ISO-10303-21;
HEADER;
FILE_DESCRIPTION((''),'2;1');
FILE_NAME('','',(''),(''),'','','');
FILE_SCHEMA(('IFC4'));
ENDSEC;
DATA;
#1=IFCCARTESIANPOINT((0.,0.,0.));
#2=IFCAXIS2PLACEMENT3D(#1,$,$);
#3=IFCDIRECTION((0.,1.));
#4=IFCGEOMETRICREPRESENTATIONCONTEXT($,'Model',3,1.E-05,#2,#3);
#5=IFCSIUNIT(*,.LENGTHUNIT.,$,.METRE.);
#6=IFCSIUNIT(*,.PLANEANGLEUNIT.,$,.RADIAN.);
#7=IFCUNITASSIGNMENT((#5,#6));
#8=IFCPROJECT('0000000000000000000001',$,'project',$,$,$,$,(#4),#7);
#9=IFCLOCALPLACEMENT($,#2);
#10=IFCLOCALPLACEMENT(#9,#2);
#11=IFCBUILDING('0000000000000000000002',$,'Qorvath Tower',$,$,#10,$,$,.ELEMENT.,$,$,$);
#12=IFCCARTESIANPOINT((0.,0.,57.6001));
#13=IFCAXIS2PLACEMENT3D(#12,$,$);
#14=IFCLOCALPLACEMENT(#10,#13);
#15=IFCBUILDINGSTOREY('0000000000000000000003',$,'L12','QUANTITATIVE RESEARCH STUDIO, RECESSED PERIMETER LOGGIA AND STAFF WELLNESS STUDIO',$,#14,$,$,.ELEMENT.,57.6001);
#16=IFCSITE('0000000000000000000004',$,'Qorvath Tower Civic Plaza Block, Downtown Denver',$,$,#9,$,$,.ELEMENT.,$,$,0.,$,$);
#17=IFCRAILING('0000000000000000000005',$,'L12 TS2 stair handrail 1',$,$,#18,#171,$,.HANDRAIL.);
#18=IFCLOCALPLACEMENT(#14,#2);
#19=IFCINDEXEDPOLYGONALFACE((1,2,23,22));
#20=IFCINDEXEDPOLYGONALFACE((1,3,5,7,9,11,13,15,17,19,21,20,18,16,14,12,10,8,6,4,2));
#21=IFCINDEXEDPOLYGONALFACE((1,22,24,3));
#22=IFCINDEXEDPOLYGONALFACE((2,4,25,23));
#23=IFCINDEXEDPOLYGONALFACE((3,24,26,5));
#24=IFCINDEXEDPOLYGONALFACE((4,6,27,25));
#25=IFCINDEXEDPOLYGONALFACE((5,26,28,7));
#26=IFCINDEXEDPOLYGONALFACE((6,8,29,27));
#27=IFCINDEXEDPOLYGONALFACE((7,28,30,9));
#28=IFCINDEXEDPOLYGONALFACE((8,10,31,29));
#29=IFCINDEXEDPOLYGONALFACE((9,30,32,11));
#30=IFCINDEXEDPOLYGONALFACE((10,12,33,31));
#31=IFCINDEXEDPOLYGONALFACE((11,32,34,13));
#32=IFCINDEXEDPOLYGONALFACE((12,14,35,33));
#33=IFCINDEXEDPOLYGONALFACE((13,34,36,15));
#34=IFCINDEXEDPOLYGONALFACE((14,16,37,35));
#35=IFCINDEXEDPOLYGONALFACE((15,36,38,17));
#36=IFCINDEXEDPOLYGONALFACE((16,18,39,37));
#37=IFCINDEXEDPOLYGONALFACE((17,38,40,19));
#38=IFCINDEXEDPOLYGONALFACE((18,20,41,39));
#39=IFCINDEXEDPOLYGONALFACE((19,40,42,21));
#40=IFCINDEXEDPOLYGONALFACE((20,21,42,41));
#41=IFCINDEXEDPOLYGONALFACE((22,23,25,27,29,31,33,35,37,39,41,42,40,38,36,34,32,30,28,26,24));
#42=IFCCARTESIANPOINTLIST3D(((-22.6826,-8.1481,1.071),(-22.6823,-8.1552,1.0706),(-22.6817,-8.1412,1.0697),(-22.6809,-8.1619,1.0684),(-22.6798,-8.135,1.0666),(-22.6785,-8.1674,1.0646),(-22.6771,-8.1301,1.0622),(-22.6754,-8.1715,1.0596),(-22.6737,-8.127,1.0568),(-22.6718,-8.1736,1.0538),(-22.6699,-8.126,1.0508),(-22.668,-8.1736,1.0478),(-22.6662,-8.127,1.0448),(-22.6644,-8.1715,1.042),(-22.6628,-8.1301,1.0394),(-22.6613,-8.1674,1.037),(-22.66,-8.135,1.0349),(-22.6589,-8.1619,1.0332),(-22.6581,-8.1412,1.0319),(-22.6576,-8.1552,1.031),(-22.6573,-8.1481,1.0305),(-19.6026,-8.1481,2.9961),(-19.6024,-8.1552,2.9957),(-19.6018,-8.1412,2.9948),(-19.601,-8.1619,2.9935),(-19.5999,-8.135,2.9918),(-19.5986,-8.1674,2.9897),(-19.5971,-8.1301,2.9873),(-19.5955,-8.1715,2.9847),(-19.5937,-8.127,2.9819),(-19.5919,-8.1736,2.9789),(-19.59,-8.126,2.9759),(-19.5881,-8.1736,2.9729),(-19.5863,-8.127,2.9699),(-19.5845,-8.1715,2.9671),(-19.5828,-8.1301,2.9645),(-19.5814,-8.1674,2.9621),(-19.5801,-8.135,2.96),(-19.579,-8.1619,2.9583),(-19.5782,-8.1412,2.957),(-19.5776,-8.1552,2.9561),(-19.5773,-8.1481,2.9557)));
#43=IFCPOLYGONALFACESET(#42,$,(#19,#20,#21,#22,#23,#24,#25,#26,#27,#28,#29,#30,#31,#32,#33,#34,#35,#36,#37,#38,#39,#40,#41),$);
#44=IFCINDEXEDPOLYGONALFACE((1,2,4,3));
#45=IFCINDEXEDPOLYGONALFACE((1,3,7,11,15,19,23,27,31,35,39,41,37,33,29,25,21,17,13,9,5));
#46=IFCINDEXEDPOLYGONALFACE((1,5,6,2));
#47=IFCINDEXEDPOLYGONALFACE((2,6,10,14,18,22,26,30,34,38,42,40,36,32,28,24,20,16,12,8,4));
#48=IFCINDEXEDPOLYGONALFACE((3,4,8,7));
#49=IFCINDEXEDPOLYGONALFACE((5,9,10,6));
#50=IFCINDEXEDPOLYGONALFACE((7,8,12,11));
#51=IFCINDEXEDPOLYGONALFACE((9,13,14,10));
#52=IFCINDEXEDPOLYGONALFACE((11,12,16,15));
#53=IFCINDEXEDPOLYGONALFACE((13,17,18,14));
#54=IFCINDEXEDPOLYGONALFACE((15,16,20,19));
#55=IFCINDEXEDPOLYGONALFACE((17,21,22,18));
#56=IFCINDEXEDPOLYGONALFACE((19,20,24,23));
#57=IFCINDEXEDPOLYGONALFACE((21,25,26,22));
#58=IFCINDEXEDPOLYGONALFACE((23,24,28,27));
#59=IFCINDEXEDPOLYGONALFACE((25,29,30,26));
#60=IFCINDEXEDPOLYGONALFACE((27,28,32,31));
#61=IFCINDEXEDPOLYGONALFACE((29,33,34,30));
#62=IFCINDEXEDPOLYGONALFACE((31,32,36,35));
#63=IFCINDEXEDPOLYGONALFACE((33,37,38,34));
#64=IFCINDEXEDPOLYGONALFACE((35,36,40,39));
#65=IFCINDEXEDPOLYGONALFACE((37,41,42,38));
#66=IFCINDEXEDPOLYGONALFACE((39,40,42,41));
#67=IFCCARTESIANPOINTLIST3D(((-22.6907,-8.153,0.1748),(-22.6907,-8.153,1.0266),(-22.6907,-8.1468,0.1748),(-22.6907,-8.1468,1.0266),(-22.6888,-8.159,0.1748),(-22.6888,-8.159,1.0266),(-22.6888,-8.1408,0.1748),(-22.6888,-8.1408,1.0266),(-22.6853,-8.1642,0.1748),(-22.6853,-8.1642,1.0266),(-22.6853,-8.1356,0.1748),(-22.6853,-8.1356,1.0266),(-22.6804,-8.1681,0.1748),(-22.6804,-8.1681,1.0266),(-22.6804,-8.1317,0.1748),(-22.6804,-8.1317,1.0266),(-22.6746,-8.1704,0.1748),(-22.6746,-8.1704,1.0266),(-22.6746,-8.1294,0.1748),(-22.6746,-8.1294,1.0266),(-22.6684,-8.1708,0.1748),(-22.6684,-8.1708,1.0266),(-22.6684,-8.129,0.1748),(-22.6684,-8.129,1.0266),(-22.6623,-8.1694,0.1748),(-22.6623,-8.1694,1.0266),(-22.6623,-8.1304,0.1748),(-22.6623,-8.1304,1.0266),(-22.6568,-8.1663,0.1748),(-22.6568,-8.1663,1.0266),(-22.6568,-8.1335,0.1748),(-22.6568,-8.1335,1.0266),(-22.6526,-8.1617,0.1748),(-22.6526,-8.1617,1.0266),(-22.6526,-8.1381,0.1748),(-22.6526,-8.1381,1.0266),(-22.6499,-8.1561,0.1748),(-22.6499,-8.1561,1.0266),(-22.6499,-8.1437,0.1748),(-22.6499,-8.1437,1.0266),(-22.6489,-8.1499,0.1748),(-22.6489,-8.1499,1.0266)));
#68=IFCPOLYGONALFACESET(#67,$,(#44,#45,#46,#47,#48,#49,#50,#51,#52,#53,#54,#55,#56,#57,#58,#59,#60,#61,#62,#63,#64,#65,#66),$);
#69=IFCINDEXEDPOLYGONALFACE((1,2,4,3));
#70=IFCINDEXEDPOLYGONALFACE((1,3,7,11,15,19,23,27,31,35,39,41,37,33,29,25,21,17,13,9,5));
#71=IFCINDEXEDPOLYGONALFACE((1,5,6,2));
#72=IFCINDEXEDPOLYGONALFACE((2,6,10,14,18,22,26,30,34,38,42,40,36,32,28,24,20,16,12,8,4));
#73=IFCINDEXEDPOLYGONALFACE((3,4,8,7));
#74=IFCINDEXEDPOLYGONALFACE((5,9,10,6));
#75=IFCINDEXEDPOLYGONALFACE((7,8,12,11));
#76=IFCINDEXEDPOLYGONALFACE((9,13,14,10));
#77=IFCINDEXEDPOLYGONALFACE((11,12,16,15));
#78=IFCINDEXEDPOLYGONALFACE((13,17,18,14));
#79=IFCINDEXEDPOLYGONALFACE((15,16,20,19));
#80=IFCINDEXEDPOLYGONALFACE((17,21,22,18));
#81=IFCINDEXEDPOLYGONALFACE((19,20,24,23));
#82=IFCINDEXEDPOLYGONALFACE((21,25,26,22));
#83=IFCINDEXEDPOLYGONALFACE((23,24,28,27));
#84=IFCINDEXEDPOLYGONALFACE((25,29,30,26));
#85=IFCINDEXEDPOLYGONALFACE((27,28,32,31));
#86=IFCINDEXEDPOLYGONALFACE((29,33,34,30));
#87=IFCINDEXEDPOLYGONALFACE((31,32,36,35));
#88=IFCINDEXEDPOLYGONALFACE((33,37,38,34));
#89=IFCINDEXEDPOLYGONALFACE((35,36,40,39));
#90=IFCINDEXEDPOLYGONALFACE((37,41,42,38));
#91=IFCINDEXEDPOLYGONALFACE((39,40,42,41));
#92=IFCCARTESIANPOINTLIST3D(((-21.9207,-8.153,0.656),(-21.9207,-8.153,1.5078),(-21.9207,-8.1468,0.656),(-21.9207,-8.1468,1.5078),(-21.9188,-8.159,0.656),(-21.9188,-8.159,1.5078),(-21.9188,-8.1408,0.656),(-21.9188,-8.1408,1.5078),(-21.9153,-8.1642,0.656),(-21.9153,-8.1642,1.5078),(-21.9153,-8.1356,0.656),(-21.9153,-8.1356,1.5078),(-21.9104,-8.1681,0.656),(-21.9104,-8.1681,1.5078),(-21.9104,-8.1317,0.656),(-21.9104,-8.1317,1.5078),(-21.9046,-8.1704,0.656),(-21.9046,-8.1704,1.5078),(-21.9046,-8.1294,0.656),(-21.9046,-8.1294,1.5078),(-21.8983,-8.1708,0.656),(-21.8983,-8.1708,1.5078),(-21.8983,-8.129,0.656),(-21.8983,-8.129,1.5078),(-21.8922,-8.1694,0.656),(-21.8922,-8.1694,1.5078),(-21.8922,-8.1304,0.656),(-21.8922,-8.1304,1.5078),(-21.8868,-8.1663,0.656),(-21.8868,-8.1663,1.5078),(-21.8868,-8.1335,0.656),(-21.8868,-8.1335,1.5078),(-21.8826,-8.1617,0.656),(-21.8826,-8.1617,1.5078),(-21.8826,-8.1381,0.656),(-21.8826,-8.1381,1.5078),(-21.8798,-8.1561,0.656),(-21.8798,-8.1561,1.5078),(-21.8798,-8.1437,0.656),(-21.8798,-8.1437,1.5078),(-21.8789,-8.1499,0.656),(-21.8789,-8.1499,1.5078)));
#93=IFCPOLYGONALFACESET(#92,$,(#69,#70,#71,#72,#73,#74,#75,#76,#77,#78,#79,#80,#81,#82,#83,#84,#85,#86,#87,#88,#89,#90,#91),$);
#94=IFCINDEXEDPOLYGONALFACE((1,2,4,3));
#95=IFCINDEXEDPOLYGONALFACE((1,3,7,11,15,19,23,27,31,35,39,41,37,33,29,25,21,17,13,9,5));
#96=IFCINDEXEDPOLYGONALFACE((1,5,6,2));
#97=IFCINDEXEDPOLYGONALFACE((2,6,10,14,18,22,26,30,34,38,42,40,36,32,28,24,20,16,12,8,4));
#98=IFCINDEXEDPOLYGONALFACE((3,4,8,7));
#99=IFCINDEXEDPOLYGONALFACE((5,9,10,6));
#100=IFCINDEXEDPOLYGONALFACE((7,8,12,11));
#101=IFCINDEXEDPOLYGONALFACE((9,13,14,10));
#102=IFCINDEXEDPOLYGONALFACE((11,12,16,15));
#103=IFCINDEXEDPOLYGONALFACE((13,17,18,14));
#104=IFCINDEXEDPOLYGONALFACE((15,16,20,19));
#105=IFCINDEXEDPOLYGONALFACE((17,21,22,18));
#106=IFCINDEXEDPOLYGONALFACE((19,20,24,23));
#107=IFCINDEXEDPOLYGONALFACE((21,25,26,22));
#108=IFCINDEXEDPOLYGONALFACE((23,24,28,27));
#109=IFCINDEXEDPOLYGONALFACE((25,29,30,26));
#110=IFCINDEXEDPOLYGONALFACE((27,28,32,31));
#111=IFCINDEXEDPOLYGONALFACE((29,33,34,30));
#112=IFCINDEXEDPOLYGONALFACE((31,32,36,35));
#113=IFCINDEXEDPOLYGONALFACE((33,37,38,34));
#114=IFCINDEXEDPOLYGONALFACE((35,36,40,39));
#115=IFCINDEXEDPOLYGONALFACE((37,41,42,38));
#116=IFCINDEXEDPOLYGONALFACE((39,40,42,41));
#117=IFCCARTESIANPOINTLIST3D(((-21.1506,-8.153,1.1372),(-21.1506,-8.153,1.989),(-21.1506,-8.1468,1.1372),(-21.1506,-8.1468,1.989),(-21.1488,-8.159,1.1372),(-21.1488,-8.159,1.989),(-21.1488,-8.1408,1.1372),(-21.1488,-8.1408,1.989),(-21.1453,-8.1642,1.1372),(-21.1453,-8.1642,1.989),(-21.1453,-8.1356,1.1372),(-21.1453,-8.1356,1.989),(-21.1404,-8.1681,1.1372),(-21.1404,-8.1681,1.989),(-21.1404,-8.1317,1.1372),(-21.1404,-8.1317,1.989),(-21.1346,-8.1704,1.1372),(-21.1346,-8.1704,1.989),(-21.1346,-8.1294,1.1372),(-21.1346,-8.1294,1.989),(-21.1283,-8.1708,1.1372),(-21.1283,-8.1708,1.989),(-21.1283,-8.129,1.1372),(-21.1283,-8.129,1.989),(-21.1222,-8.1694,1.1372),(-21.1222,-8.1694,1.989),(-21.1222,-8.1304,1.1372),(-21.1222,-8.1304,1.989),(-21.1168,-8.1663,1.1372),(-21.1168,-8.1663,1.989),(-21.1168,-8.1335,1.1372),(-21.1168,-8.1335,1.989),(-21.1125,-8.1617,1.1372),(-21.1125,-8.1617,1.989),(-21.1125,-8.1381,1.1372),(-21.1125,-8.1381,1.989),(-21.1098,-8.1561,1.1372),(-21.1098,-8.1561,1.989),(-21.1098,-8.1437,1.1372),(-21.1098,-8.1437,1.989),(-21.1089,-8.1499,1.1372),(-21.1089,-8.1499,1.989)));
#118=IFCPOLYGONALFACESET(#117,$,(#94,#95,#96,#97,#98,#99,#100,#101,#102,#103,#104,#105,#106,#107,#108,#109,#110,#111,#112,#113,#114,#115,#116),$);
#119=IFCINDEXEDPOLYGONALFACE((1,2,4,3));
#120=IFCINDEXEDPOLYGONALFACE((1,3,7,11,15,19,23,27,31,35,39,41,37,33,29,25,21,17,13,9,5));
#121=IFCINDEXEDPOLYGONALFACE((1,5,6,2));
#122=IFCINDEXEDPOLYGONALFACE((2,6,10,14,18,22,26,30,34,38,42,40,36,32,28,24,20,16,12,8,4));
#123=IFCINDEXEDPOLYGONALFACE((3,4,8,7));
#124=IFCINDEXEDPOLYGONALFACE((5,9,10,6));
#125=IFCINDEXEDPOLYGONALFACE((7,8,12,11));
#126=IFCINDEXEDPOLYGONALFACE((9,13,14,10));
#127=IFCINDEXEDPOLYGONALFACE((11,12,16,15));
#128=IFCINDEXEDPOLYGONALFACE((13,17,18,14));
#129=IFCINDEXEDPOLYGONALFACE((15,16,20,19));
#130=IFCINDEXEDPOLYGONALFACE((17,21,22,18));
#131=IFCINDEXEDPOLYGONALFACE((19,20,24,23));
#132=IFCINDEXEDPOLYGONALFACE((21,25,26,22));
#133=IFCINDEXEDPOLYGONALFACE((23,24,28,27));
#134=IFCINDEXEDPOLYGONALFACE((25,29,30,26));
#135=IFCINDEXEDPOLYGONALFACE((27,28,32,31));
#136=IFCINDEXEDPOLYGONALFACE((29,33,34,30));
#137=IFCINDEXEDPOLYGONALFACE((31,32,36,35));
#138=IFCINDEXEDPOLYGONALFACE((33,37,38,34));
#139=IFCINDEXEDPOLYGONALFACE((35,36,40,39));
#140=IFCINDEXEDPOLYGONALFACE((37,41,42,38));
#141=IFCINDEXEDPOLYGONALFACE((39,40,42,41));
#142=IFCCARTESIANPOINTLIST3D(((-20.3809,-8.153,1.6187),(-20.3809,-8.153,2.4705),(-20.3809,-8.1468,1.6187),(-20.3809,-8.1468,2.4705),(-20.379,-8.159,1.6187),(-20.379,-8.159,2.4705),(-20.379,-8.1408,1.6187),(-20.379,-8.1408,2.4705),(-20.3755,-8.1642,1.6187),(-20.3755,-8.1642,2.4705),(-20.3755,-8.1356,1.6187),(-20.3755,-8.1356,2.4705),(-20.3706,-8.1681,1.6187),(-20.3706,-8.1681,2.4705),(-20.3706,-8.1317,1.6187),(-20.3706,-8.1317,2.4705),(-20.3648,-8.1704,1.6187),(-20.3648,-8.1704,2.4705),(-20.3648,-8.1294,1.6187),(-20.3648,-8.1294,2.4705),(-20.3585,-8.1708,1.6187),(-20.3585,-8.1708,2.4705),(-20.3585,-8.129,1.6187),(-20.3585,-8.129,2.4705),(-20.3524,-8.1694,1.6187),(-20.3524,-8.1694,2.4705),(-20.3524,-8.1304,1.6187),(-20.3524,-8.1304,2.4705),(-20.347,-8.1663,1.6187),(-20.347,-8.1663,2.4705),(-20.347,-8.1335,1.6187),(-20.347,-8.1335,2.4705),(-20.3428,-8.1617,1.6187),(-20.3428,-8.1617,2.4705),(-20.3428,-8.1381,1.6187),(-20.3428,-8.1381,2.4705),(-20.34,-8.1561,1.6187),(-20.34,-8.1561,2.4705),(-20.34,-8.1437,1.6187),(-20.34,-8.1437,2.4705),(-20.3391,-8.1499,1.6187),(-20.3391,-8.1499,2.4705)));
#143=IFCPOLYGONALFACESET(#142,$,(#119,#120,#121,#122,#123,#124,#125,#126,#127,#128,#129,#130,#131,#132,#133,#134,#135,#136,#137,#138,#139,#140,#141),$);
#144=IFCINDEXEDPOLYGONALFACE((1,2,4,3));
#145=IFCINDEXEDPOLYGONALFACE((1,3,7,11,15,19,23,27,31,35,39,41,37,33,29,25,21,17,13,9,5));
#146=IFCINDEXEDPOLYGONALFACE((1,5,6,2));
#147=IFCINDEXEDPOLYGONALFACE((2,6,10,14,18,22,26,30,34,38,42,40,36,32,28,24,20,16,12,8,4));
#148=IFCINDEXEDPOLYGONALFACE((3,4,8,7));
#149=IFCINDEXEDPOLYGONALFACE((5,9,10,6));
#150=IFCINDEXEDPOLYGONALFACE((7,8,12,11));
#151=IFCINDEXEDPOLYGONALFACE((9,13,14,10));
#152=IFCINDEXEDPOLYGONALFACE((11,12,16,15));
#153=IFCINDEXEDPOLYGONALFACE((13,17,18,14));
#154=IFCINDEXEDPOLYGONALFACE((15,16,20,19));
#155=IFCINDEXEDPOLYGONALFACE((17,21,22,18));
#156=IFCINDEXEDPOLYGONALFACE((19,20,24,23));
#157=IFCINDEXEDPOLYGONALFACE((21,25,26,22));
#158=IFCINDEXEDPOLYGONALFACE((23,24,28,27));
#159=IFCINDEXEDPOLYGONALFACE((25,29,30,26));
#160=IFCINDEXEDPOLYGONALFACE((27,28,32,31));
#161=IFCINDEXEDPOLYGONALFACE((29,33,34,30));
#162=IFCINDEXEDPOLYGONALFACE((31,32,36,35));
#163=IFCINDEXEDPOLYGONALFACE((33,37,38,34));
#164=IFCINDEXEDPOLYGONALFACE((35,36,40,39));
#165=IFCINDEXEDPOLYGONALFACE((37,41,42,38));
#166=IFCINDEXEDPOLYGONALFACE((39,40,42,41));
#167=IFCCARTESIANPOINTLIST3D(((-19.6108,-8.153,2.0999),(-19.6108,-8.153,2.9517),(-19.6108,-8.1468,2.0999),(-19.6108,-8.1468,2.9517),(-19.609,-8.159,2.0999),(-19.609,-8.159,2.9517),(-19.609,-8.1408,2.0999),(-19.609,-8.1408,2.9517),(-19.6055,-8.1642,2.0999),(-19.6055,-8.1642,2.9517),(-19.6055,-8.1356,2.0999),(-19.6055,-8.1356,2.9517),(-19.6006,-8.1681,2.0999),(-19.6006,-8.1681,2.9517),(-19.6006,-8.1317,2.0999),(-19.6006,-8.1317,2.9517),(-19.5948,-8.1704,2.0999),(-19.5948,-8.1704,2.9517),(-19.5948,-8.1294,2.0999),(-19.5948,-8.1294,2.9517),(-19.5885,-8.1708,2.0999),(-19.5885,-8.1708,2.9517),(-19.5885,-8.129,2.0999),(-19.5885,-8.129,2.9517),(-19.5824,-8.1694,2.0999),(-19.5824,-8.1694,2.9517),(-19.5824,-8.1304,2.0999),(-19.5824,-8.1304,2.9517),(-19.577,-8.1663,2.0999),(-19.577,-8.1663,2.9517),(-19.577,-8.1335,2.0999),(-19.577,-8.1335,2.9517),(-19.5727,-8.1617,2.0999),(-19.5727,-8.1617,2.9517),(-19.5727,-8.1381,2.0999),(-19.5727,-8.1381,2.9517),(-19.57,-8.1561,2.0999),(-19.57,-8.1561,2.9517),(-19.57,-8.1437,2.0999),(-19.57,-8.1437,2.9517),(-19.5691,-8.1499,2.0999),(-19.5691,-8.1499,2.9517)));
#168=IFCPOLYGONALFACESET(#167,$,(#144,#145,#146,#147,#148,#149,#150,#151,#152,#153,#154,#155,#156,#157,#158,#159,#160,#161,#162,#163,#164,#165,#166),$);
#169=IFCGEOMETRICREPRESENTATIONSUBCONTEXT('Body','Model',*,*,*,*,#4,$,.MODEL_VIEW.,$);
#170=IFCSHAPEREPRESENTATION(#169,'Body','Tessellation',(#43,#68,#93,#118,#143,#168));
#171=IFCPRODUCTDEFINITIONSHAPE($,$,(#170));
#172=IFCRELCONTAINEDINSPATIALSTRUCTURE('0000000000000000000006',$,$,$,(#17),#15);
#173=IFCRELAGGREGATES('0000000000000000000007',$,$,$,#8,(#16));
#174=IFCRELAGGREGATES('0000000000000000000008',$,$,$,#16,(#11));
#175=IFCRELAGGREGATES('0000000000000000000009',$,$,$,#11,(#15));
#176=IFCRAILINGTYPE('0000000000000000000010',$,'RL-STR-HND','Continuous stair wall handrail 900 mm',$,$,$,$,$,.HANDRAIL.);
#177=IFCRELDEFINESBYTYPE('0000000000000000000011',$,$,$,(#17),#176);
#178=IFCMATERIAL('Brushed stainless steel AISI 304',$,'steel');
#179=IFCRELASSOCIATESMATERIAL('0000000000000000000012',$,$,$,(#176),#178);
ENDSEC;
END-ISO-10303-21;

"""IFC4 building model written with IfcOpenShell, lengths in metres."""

from ifc_helpers import new_model, si_unit, direction, frame, origin, origin_2d, place, context, subcontext, project, spatial, circle, extrude, material, type_object, element, save


model = new_model("IFC4")

# Units and contexts
model_context = context("Model", 3, precision=1e-05, world=origin(), true_north=direction((0.0, 1.0)))
body_context = subcontext(model_context, "Body", "Model", "MODEL_VIEW")
ifc_project = project(units=[si_unit("LENGTHUNIT", "METRE"), si_unit("PLANEANGLEUNIT", "RADIAN")], contexts=[model_context])

# Site, building, storey
site_placement = place(None, origin())
site = spatial("IfcSite", under=ifc_project, at=site_placement, Name="Qorvath Tower Civic Plaza Block, Downtown Denver", CompositionType="ELEMENT", RefElevation=0.0)
building_placement = place(site_placement, origin())
building = spatial("IfcBuilding", under=site, at=building_placement, Name="Qorvath Tower", CompositionType="ELEMENT")
storey_placement = place(building_placement, frame((0.0, 0.0, 57.6001)))
storey = spatial("IfcBuildingStorey", under=building, at=storey_placement, Name="L12", Description="QUANTITATIVE RESEARCH STUDIO, RECESSED PERIMETER LOGGIA AND STAFF WELLNESS STUDIO", CompositionType="ELEMENT", Elevation=57.6001)

# Railing
ifc_material_1 = material(Name="Brushed stainless steel AISI 304", Category="steel")
railing_type_1 = type_object("IfcRailingType", Name="RL-STR-HND", Description="Continuous stair wall handrail 900 mm", PredefinedType="HANDRAIL", material=ifc_material_1)
railing_1_placement = place(storey_placement, frame((-22.6699, -8.1499, 0.1748)))
element("IfcRailing", 1, at=railing_1_placement, inside=storey, type_object=railing_type_1, Name="L12 TS2 stair handrail 1", PredefinedType="HANDRAIL", context=body_context, shape_type="SweptSolid", body=[
    extrude(circle(Radius=0.0239, at=origin_2d()), frame((0.0, 0.0, 0.876), z_axis=(0.847979, 0.0, 0.530029), x_axis=(0.0, 1.0, 0.0)), (0.0, 0.0, 1.0), 3.6321),
    extrude(circle(Radius=0.021, at=origin_2d()), origin(), (0.0, 0.0, 1.0), 0.8518),
    extrude(circle(Radius=0.021, at=origin_2d()), frame((0.77, 0.0, 0.4812)), (0.0, 0.0, 1.0), 0.8518),
    extrude(circle(Radius=0.021, at=origin_2d()), frame((1.54, 0.0, 0.9624)), (0.0, 0.0, 1.0), 0.8518),
    extrude(circle(Radius=0.021, at=origin_2d()), frame((2.3098, 0.0, 1.4438)), (0.0, 0.0, 1.0), 0.8518),
    extrude(circle(Radius=0.021, at=origin_2d()), frame((3.0798, 0.0, 1.925)), (0.0, 0.0, 1.0), 0.8518),
])

save(model, "model.ifc")
